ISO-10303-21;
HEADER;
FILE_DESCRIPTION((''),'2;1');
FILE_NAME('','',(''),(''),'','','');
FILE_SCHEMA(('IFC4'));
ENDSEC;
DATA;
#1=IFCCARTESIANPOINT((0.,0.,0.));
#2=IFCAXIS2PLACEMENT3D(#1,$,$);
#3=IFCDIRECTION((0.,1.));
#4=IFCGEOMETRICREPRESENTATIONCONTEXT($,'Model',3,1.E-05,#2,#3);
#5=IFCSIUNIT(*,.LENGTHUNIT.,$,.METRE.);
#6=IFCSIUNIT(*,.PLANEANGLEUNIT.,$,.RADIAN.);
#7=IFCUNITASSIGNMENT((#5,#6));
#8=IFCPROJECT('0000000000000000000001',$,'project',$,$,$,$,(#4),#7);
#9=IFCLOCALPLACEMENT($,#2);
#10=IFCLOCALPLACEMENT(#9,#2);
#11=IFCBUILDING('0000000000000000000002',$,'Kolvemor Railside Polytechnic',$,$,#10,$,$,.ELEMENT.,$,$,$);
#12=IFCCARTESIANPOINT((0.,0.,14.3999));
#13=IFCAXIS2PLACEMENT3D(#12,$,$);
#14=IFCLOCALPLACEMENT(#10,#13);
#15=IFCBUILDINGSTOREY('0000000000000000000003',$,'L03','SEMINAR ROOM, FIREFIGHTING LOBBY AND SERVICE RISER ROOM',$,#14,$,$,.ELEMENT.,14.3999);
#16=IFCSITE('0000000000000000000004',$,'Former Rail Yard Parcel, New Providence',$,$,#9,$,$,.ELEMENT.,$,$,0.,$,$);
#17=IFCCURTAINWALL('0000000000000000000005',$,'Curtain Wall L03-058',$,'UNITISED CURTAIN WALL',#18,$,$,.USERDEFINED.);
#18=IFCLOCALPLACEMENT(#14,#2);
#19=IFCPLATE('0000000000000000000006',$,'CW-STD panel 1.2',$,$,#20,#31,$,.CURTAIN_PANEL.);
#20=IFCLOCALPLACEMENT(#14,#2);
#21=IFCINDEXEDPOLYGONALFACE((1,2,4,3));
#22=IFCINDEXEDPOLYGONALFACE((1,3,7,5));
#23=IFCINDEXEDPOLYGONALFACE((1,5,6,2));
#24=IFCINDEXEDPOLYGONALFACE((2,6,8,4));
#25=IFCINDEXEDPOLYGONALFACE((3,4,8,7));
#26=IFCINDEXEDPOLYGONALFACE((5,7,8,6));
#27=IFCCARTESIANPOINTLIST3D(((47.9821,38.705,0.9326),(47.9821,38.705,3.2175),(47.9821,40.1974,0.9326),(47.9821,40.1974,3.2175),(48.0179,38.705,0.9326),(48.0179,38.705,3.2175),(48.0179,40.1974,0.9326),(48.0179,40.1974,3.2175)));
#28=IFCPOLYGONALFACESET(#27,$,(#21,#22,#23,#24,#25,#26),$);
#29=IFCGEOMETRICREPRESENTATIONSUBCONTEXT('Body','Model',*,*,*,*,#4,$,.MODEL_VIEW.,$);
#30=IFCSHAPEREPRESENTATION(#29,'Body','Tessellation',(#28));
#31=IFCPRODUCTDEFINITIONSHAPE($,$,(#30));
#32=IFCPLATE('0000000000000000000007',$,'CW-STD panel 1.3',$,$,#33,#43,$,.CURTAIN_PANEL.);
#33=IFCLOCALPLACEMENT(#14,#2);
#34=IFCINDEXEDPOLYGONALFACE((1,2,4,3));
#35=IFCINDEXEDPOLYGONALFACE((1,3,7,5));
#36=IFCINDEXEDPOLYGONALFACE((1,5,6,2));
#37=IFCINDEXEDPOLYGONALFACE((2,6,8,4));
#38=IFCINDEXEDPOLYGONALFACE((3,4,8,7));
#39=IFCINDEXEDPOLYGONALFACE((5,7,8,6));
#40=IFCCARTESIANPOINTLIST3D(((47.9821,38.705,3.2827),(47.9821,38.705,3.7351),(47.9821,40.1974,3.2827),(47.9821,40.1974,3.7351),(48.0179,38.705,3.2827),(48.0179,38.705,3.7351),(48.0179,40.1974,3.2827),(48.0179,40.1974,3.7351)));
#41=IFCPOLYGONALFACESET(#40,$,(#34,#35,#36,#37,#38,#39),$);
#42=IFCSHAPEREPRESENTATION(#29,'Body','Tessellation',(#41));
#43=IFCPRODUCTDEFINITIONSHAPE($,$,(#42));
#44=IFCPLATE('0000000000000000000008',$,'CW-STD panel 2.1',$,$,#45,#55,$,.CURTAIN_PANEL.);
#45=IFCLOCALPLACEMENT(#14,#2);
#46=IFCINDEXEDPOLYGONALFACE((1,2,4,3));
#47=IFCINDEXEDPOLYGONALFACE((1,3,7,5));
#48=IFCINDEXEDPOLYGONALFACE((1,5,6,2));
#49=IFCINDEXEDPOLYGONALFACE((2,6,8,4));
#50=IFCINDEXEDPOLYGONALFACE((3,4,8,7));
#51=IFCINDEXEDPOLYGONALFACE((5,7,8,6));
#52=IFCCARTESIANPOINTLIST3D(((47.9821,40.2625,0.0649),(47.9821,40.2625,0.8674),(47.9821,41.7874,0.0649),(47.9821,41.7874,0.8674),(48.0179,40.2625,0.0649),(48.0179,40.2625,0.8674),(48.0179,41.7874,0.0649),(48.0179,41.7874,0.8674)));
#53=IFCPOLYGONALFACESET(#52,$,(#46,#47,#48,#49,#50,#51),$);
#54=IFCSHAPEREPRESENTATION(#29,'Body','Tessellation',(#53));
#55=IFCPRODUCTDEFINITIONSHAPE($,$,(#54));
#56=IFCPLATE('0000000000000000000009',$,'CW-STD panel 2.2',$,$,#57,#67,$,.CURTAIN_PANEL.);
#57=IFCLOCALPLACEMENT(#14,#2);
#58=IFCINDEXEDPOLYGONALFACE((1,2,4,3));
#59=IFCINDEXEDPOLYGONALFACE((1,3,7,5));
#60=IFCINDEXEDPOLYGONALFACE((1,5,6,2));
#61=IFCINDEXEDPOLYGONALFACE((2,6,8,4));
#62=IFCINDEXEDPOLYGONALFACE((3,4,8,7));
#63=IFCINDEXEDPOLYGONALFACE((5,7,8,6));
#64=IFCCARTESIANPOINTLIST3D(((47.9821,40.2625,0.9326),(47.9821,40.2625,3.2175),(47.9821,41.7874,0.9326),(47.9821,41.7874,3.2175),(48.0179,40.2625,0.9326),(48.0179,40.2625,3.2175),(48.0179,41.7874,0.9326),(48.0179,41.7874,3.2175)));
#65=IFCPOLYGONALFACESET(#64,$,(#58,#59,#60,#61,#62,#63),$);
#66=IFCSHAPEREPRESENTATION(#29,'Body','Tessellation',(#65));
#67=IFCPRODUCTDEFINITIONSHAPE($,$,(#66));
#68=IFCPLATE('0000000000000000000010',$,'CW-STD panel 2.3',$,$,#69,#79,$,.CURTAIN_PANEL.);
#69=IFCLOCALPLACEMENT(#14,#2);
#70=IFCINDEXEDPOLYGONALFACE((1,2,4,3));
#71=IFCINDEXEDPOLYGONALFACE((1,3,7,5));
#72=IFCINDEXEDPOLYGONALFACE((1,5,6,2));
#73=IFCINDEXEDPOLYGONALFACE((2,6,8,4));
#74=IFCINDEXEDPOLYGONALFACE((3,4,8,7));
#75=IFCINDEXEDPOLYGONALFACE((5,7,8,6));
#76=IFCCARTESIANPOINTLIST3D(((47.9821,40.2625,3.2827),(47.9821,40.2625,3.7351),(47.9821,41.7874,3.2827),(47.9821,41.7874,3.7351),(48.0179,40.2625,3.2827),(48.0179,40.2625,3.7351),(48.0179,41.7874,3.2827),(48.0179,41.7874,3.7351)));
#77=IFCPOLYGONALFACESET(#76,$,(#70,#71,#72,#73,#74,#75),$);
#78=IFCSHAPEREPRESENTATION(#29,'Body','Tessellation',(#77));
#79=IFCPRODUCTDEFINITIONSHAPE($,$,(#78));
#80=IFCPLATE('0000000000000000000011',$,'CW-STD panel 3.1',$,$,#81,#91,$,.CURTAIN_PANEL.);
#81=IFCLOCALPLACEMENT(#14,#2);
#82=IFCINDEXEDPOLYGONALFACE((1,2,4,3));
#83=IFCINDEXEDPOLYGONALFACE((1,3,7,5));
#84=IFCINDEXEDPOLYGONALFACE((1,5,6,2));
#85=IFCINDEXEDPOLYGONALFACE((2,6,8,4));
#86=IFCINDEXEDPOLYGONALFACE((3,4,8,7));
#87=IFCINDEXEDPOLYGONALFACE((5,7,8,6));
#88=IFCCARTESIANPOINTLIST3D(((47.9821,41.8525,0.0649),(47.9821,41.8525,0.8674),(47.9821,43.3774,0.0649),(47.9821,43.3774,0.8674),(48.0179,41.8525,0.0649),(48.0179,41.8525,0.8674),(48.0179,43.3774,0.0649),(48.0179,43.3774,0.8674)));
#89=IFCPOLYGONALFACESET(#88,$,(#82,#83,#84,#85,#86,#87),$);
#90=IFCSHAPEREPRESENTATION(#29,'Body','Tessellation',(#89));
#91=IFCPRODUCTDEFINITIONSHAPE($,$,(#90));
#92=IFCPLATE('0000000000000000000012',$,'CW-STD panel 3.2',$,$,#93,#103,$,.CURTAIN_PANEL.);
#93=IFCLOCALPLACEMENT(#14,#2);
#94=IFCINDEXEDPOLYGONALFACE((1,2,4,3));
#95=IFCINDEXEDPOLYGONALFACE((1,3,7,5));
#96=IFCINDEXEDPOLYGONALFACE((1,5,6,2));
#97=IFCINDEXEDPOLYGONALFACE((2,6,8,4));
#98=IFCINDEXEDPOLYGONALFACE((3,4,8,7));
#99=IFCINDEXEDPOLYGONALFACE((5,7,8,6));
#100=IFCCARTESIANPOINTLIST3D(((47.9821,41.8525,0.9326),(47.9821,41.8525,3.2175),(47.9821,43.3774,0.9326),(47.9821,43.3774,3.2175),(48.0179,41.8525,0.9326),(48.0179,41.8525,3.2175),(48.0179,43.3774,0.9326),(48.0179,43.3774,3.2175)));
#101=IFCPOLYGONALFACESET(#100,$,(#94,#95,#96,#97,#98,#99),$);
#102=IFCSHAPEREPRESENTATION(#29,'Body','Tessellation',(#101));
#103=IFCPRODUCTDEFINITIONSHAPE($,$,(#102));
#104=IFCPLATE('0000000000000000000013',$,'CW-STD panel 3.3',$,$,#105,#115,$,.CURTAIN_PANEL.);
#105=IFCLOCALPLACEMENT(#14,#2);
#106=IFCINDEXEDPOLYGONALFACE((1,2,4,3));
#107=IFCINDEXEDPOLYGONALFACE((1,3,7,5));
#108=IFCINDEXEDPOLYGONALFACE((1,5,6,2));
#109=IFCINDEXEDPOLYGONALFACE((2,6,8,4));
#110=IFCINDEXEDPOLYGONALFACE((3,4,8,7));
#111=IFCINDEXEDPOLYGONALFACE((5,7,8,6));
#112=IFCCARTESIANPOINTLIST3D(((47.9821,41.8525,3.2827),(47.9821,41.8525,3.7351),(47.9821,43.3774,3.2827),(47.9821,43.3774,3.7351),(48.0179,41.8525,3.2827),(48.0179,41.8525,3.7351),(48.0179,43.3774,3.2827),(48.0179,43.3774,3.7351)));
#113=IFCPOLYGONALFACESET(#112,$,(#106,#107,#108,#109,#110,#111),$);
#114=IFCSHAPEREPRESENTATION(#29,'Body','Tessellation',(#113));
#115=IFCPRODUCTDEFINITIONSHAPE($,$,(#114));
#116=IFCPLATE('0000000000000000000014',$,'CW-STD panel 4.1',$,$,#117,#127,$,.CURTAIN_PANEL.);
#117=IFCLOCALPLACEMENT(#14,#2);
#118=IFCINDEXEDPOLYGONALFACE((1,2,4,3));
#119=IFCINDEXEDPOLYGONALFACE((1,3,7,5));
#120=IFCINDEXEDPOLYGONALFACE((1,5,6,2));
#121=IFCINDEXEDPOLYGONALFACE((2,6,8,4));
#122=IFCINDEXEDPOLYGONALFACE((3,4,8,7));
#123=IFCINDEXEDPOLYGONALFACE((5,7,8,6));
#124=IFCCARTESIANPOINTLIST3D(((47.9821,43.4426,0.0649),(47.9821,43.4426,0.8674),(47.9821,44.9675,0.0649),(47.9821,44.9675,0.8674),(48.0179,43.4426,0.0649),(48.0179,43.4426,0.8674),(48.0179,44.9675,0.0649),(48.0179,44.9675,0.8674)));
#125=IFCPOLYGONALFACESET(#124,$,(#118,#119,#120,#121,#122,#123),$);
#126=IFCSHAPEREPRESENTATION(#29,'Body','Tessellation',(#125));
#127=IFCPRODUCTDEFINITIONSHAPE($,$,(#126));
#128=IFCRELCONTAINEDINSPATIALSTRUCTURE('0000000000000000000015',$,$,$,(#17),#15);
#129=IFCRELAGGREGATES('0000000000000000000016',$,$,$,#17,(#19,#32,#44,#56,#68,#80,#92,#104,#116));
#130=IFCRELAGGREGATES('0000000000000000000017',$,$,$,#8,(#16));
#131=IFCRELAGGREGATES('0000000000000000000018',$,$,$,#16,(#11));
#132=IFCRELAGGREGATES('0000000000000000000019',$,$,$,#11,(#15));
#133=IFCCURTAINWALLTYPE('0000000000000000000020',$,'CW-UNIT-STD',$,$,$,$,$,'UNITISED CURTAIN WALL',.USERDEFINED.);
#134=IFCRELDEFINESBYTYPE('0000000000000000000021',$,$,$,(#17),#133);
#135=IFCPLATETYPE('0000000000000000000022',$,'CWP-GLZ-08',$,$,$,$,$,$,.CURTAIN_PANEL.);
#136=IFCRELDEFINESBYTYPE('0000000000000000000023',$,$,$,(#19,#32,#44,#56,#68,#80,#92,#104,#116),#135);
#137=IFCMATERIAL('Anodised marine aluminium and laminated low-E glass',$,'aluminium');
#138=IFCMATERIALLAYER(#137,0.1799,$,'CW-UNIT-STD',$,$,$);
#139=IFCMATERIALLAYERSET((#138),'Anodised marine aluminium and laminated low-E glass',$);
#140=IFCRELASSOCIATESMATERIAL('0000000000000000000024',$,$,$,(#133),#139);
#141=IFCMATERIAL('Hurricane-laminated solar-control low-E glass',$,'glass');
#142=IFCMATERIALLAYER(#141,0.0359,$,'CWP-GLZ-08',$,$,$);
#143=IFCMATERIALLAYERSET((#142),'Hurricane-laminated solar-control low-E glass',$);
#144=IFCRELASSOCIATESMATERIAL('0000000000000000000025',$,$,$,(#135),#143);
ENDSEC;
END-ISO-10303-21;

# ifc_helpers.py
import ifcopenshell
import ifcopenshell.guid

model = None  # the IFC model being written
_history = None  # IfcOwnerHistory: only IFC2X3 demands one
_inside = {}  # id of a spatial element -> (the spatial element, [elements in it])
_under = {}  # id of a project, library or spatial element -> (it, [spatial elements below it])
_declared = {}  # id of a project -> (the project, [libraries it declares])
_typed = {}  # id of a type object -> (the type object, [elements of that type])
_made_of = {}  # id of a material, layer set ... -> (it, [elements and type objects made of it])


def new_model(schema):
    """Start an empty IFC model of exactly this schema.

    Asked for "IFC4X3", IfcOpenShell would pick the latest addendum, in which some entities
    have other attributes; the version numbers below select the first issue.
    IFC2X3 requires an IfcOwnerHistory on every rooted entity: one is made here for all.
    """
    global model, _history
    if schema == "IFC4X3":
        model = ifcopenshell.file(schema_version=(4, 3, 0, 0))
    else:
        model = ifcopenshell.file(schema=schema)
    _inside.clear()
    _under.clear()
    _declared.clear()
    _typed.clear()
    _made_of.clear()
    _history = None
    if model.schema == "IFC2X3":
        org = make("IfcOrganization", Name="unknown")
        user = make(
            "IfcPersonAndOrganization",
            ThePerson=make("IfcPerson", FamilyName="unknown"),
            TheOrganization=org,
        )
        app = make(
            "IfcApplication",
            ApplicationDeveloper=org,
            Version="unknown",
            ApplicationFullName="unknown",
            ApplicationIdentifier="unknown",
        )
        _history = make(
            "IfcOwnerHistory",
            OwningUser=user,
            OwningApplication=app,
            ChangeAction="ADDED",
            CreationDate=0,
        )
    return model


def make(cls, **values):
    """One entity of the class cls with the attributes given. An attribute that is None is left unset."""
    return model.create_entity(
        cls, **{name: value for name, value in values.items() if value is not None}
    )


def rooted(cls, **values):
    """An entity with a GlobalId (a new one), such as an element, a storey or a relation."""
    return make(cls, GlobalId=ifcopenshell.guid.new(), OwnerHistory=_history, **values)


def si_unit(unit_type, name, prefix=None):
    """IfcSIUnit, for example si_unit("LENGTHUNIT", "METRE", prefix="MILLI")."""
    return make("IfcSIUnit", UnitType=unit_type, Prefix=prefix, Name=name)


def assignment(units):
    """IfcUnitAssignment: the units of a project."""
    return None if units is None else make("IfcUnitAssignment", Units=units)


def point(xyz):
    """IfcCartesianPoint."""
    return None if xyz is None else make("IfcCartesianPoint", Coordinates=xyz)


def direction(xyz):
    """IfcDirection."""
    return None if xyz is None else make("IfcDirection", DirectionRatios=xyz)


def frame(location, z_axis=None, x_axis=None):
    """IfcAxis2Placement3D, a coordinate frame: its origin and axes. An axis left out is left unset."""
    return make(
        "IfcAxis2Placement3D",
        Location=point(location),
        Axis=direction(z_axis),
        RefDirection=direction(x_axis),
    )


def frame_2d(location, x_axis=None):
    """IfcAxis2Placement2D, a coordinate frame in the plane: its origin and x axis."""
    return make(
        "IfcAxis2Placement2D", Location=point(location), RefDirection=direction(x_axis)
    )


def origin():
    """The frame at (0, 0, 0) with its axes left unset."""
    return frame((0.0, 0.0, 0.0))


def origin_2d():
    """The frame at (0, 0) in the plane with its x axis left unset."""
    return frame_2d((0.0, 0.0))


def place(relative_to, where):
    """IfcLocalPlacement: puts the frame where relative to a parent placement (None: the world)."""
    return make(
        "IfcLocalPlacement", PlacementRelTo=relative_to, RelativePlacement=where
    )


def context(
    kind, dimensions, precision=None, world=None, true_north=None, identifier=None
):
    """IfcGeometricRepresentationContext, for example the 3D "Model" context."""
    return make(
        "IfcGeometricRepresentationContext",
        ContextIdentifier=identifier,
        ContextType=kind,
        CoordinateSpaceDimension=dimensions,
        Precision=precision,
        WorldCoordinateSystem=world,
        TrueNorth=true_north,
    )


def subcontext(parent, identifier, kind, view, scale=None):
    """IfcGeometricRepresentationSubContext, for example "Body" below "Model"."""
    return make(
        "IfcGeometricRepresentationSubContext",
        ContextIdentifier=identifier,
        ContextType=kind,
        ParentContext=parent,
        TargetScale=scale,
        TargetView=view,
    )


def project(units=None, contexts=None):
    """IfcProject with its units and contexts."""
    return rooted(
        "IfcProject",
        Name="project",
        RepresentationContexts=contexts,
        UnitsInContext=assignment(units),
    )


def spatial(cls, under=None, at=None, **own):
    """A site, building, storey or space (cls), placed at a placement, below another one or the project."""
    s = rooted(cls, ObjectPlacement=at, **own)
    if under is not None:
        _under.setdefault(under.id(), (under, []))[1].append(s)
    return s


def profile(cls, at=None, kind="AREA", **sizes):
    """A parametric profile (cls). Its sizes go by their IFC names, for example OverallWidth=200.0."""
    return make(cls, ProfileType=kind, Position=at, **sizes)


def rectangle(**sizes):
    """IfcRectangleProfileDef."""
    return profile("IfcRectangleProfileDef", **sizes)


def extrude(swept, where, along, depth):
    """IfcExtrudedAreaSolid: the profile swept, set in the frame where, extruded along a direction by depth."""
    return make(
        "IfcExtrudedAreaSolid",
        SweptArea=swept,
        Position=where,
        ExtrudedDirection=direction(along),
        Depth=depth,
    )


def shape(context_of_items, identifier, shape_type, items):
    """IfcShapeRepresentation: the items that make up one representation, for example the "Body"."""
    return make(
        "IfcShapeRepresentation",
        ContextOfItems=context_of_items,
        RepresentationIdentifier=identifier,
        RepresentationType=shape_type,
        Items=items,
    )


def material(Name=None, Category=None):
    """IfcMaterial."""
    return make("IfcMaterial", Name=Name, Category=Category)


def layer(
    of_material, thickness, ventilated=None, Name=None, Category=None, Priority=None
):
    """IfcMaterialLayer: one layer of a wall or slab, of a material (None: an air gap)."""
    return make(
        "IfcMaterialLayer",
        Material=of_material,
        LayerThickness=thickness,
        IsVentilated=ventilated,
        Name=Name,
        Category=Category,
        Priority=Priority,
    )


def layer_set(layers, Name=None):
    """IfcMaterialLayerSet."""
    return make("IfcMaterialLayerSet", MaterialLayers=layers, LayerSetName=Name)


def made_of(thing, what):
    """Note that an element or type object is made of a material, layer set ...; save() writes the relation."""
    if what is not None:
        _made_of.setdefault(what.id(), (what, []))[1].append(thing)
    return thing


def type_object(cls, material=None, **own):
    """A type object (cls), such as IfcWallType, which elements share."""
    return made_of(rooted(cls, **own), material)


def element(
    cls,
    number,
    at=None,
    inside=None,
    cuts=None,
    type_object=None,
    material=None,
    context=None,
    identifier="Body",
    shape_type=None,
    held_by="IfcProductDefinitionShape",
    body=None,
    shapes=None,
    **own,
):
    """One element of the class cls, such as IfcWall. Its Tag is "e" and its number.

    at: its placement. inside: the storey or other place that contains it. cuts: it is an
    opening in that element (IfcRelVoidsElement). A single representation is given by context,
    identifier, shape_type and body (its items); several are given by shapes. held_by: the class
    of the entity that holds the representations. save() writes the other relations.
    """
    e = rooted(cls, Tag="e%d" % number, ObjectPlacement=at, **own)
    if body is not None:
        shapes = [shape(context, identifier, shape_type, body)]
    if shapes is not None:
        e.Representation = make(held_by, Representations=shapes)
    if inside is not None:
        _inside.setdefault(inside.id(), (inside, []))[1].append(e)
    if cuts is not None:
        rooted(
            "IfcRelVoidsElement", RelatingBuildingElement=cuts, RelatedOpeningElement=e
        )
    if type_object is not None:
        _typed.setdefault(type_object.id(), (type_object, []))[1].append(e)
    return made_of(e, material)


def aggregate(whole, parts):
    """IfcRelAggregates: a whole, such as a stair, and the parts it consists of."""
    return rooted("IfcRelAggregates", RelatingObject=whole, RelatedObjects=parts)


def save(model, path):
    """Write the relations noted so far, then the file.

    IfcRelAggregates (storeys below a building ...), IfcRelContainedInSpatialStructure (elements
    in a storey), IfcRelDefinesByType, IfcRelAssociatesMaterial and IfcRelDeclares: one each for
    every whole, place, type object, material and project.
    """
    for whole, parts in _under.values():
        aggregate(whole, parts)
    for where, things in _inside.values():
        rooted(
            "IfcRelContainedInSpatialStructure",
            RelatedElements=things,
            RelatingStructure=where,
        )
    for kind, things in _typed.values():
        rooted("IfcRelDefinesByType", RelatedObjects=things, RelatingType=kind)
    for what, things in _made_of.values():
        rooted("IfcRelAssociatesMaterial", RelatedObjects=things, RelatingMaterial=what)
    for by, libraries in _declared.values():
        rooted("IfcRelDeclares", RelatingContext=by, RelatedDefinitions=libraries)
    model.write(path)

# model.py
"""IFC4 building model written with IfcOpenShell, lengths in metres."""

from ifc_helpers import new_model, si_unit, direction, frame, origin, origin_2d, place, context, subcontext, project, spatial, rectangle, extrude, material, layer, layer_set, type_object, element, aggregate, save


model = new_model("IFC4")

# Units and contexts
model_context = context("Model", 3, precision=1e-05, world=origin(), true_north=direction((0.0, 1.0)))
body_context = subcontext(model_context, "Body", "Model", "MODEL_VIEW")
ifc_project = project(units=[si_unit("LENGTHUNIT", "METRE"), si_unit("PLANEANGLEUNIT", "RADIAN")], contexts=[model_context])

# Site, building, storey
site_placement = place(None, origin())
site = spatial("IfcSite", under=ifc_project, at=site_placement, Name="Former Rail Yard Parcel, New Providence", CompositionType="ELEMENT", RefElevation=0.0)
building_placement = place(site_placement, origin())
building = spatial("IfcBuilding", under=site, at=building_placement, Name="Kolvemor Railside Polytechnic", CompositionType="ELEMENT")
storey_placement = place(building_placement, frame((0.0, 0.0, 14.3999)))
storey = spatial("IfcBuildingStorey", under=building, at=storey_placement, Name="L03", Description="SEMINAR ROOM, FIREFIGHTING LOBBY AND SERVICE RISER ROOM", CompositionType="ELEMENT", Elevation=14.3999)

# Curtain wall, plates
ifc_material_1 = material(Name="Anodised marine aluminium and laminated low-E glass", Category="aluminium")
ifc_layer_1 = layer(ifc_material_1, 0.1799, Name="CW-UNIT-STD")
ifc_layer_set_1 = layer_set([ifc_layer_1], Name="Anodised marine aluminium and laminated low-E glass")
curtain_wall_type = type_object("IfcCurtainWallType", Name="CW-UNIT-STD", ElementType="UNITISED CURTAIN WALL", PredefinedType="USERDEFINED", material=ifc_layer_set_1)
curtain_wall_placement = place(storey_placement, origin())
curtain_wall = element("IfcCurtainWall", 1, at=curtain_wall_placement, inside=storey, type_object=curtain_wall_type, Name="Curtain Wall L03-058", ObjectType="UNITISED CURTAIN WALL", PredefinedType="USERDEFINED")
ifc_material_2 = material(Name="Hurricane-laminated solar-control low-E glass", Category="glass")
ifc_layer_2 = layer(ifc_material_2, 0.0359, Name="CWP-GLZ-08")
ifc_layer_set_2 = layer_set([ifc_layer_2], Name="Hurricane-laminated solar-control low-E glass")
plate_type = type_object("IfcPlateType", Name="CWP-GLZ-08", PredefinedType="CURTAIN_PANEL", material=ifc_layer_set_2)
plate_1_placement = place(storey_placement, frame((48.0, 39.4512, 0.9326), z_axis=(0.0, 0.0, 1.0), x_axis=(0.0, 1.0, 0.0)))
plate_1 = element("IfcPlate", 2, at=plate_1_placement, type_object=plate_type, Name="CW-STD panel 1.2", PredefinedType="CURTAIN_PANEL", context=body_context, shape_type="SweptSolid", body=[
    extrude(rectangle(XDim=1.4924, YDim=0.0359, at=origin_2d()), origin(), (0.0, 0.0, 1.0), 2.2849),
])
plate_2_placement = place(storey_placement, frame((48.0, 39.4512, 3.2827), z_axis=(0.0, 0.0, 1.0), x_axis=(0.0, 1.0, 0.0)))
plate_2 = element("IfcPlate", 3, at=plate_2_placement, type_object=plate_type, Name="CW-STD panel 1.3", PredefinedType="CURTAIN_PANEL", context=body_context, shape_type="SweptSolid", body=[
    extrude(rectangle(XDim=1.4924, YDim=0.0359, at=origin_2d()), origin(), (0.0, 0.0, 1.0), 0.4524),
])
plate_3_placement = place(storey_placement, frame((48.0, 41.0249, 0.0649), z_axis=(0.0, 0.0, 1.0), x_axis=(0.0, 1.0, 0.0)))
plate_3 = element("IfcPlate", 4, at=plate_3_placement, type_object=plate_type, Name="CW-STD panel 2.1", PredefinedType="CURTAIN_PANEL", context=body_context, shape_type="SweptSolid", body=[
    extrude(rectangle(XDim=1.5249, YDim=0.0359, at=origin_2d()), origin(), (0.0, 0.0, 1.0), 0.8025),
])
plate_4_placement = place(storey_placement, frame((48.0, 41.0249, 0.9326), z_axis=(0.0, 0.0, 1.0), x_axis=(0.0, 1.0, 0.0)))
plate_4 = element("IfcPlate", 5, at=plate_4_placement, type_object=plate_type, Name="CW-STD panel 2.2", PredefinedType="CURTAIN_PANEL", context=body_context, shape_type="SweptSolid", body=[
    extrude(rectangle(XDim=1.5249, YDim=0.0359, at=origin_2d()), origin(), (0.0, 0.0, 1.0), 2.2849),
])
plate_5_placement = place(storey_placement, frame((48.0, 41.0249, 3.2827), z_axis=(0.0, 0.0, 1.0), x_axis=(0.0, 1.0, 0.0)))
plate_5 = element("IfcPlate", 6, at=plate_5_placement, type_object=plate_type, Name="CW-STD panel 2.3", PredefinedType="CURTAIN_PANEL", context=body_context, shape_type="SweptSolid", body=[
    extrude(rectangle(XDim=1.5249, YDim=0.0359, at=origin_2d()), origin(), (0.0, 0.0, 1.0), 0.4524),
])
plate_6_placement = place(storey_placement, frame((48.0, 42.615, 0.0649), z_axis=(0.0, 0.0, 1.0), x_axis=(0.0, 1.0, 0.0)))
plate_6 = element("IfcPlate", 7, at=plate_6_placement, type_object=plate_type, Name="CW-STD panel 3.1", PredefinedType="CURTAIN_PANEL", context=body_context, shape_type="SweptSolid", body=[
    extrude(rectangle(XDim=1.5249, YDim=0.0359, at=origin_2d()), origin(), (0.0, 0.0, 1.0), 0.8025),
])
plate_7_placement = place(storey_placement, frame((48.0, 42.615, 0.9326), z_axis=(0.0, 0.0, 1.0), x_axis=(0.0, 1.0, 0.0)))
plate_7 = element("IfcPlate", 8, at=plate_7_placement, type_object=plate_type, Name="CW-STD panel 3.2", PredefinedType="CURTAIN_PANEL", context=body_context, shape_type="SweptSolid", body=[
    extrude(rectangle(XDim=1.5249, YDim=0.0359, at=origin_2d()), origin(), (0.0, 0.0, 1.0), 2.2849),
])
plate_8_placement = place(storey_placement, frame((48.0, 42.615, 3.2827), z_axis=(0.0, 0.0, 1.0), x_axis=(0.0, 1.0, 0.0)))
plate_8 = element("IfcPlate", 9, at=plate_8_placement, type_object=plate_type, Name="CW-STD panel 3.3", PredefinedType="CURTAIN_PANEL", context=body_context, shape_type="SweptSolid", body=[
    extrude(rectangle(XDim=1.5249, YDim=0.0359, at=origin_2d()), origin(), (0.0, 0.0, 1.0), 0.4524),
])
plate_9_placement = place(storey_placement, frame((48.0, 44.2051, 0.0649), z_axis=(0.0, 0.0, 1.0), x_axis=(0.0, 1.0, 0.0)))
plate_9 = element("IfcPlate", 10, at=plate_9_placement, type_object=plate_type, Name="CW-STD panel 4.1", PredefinedType="CURTAIN_PANEL", context=body_context, shape_type="SweptSolid", body=[
    extrude(rectangle(XDim=1.5249, YDim=0.0359, at=origin_2d()), origin(), (0.0, 0.0, 1.0), 0.8025),
])
aggregate(curtain_wall, [plate_1, plate_2, plate_3, plate_4, plate_5, plate_6, plate_7, plate_8, plate_9])

save(model, "model.ifc")
